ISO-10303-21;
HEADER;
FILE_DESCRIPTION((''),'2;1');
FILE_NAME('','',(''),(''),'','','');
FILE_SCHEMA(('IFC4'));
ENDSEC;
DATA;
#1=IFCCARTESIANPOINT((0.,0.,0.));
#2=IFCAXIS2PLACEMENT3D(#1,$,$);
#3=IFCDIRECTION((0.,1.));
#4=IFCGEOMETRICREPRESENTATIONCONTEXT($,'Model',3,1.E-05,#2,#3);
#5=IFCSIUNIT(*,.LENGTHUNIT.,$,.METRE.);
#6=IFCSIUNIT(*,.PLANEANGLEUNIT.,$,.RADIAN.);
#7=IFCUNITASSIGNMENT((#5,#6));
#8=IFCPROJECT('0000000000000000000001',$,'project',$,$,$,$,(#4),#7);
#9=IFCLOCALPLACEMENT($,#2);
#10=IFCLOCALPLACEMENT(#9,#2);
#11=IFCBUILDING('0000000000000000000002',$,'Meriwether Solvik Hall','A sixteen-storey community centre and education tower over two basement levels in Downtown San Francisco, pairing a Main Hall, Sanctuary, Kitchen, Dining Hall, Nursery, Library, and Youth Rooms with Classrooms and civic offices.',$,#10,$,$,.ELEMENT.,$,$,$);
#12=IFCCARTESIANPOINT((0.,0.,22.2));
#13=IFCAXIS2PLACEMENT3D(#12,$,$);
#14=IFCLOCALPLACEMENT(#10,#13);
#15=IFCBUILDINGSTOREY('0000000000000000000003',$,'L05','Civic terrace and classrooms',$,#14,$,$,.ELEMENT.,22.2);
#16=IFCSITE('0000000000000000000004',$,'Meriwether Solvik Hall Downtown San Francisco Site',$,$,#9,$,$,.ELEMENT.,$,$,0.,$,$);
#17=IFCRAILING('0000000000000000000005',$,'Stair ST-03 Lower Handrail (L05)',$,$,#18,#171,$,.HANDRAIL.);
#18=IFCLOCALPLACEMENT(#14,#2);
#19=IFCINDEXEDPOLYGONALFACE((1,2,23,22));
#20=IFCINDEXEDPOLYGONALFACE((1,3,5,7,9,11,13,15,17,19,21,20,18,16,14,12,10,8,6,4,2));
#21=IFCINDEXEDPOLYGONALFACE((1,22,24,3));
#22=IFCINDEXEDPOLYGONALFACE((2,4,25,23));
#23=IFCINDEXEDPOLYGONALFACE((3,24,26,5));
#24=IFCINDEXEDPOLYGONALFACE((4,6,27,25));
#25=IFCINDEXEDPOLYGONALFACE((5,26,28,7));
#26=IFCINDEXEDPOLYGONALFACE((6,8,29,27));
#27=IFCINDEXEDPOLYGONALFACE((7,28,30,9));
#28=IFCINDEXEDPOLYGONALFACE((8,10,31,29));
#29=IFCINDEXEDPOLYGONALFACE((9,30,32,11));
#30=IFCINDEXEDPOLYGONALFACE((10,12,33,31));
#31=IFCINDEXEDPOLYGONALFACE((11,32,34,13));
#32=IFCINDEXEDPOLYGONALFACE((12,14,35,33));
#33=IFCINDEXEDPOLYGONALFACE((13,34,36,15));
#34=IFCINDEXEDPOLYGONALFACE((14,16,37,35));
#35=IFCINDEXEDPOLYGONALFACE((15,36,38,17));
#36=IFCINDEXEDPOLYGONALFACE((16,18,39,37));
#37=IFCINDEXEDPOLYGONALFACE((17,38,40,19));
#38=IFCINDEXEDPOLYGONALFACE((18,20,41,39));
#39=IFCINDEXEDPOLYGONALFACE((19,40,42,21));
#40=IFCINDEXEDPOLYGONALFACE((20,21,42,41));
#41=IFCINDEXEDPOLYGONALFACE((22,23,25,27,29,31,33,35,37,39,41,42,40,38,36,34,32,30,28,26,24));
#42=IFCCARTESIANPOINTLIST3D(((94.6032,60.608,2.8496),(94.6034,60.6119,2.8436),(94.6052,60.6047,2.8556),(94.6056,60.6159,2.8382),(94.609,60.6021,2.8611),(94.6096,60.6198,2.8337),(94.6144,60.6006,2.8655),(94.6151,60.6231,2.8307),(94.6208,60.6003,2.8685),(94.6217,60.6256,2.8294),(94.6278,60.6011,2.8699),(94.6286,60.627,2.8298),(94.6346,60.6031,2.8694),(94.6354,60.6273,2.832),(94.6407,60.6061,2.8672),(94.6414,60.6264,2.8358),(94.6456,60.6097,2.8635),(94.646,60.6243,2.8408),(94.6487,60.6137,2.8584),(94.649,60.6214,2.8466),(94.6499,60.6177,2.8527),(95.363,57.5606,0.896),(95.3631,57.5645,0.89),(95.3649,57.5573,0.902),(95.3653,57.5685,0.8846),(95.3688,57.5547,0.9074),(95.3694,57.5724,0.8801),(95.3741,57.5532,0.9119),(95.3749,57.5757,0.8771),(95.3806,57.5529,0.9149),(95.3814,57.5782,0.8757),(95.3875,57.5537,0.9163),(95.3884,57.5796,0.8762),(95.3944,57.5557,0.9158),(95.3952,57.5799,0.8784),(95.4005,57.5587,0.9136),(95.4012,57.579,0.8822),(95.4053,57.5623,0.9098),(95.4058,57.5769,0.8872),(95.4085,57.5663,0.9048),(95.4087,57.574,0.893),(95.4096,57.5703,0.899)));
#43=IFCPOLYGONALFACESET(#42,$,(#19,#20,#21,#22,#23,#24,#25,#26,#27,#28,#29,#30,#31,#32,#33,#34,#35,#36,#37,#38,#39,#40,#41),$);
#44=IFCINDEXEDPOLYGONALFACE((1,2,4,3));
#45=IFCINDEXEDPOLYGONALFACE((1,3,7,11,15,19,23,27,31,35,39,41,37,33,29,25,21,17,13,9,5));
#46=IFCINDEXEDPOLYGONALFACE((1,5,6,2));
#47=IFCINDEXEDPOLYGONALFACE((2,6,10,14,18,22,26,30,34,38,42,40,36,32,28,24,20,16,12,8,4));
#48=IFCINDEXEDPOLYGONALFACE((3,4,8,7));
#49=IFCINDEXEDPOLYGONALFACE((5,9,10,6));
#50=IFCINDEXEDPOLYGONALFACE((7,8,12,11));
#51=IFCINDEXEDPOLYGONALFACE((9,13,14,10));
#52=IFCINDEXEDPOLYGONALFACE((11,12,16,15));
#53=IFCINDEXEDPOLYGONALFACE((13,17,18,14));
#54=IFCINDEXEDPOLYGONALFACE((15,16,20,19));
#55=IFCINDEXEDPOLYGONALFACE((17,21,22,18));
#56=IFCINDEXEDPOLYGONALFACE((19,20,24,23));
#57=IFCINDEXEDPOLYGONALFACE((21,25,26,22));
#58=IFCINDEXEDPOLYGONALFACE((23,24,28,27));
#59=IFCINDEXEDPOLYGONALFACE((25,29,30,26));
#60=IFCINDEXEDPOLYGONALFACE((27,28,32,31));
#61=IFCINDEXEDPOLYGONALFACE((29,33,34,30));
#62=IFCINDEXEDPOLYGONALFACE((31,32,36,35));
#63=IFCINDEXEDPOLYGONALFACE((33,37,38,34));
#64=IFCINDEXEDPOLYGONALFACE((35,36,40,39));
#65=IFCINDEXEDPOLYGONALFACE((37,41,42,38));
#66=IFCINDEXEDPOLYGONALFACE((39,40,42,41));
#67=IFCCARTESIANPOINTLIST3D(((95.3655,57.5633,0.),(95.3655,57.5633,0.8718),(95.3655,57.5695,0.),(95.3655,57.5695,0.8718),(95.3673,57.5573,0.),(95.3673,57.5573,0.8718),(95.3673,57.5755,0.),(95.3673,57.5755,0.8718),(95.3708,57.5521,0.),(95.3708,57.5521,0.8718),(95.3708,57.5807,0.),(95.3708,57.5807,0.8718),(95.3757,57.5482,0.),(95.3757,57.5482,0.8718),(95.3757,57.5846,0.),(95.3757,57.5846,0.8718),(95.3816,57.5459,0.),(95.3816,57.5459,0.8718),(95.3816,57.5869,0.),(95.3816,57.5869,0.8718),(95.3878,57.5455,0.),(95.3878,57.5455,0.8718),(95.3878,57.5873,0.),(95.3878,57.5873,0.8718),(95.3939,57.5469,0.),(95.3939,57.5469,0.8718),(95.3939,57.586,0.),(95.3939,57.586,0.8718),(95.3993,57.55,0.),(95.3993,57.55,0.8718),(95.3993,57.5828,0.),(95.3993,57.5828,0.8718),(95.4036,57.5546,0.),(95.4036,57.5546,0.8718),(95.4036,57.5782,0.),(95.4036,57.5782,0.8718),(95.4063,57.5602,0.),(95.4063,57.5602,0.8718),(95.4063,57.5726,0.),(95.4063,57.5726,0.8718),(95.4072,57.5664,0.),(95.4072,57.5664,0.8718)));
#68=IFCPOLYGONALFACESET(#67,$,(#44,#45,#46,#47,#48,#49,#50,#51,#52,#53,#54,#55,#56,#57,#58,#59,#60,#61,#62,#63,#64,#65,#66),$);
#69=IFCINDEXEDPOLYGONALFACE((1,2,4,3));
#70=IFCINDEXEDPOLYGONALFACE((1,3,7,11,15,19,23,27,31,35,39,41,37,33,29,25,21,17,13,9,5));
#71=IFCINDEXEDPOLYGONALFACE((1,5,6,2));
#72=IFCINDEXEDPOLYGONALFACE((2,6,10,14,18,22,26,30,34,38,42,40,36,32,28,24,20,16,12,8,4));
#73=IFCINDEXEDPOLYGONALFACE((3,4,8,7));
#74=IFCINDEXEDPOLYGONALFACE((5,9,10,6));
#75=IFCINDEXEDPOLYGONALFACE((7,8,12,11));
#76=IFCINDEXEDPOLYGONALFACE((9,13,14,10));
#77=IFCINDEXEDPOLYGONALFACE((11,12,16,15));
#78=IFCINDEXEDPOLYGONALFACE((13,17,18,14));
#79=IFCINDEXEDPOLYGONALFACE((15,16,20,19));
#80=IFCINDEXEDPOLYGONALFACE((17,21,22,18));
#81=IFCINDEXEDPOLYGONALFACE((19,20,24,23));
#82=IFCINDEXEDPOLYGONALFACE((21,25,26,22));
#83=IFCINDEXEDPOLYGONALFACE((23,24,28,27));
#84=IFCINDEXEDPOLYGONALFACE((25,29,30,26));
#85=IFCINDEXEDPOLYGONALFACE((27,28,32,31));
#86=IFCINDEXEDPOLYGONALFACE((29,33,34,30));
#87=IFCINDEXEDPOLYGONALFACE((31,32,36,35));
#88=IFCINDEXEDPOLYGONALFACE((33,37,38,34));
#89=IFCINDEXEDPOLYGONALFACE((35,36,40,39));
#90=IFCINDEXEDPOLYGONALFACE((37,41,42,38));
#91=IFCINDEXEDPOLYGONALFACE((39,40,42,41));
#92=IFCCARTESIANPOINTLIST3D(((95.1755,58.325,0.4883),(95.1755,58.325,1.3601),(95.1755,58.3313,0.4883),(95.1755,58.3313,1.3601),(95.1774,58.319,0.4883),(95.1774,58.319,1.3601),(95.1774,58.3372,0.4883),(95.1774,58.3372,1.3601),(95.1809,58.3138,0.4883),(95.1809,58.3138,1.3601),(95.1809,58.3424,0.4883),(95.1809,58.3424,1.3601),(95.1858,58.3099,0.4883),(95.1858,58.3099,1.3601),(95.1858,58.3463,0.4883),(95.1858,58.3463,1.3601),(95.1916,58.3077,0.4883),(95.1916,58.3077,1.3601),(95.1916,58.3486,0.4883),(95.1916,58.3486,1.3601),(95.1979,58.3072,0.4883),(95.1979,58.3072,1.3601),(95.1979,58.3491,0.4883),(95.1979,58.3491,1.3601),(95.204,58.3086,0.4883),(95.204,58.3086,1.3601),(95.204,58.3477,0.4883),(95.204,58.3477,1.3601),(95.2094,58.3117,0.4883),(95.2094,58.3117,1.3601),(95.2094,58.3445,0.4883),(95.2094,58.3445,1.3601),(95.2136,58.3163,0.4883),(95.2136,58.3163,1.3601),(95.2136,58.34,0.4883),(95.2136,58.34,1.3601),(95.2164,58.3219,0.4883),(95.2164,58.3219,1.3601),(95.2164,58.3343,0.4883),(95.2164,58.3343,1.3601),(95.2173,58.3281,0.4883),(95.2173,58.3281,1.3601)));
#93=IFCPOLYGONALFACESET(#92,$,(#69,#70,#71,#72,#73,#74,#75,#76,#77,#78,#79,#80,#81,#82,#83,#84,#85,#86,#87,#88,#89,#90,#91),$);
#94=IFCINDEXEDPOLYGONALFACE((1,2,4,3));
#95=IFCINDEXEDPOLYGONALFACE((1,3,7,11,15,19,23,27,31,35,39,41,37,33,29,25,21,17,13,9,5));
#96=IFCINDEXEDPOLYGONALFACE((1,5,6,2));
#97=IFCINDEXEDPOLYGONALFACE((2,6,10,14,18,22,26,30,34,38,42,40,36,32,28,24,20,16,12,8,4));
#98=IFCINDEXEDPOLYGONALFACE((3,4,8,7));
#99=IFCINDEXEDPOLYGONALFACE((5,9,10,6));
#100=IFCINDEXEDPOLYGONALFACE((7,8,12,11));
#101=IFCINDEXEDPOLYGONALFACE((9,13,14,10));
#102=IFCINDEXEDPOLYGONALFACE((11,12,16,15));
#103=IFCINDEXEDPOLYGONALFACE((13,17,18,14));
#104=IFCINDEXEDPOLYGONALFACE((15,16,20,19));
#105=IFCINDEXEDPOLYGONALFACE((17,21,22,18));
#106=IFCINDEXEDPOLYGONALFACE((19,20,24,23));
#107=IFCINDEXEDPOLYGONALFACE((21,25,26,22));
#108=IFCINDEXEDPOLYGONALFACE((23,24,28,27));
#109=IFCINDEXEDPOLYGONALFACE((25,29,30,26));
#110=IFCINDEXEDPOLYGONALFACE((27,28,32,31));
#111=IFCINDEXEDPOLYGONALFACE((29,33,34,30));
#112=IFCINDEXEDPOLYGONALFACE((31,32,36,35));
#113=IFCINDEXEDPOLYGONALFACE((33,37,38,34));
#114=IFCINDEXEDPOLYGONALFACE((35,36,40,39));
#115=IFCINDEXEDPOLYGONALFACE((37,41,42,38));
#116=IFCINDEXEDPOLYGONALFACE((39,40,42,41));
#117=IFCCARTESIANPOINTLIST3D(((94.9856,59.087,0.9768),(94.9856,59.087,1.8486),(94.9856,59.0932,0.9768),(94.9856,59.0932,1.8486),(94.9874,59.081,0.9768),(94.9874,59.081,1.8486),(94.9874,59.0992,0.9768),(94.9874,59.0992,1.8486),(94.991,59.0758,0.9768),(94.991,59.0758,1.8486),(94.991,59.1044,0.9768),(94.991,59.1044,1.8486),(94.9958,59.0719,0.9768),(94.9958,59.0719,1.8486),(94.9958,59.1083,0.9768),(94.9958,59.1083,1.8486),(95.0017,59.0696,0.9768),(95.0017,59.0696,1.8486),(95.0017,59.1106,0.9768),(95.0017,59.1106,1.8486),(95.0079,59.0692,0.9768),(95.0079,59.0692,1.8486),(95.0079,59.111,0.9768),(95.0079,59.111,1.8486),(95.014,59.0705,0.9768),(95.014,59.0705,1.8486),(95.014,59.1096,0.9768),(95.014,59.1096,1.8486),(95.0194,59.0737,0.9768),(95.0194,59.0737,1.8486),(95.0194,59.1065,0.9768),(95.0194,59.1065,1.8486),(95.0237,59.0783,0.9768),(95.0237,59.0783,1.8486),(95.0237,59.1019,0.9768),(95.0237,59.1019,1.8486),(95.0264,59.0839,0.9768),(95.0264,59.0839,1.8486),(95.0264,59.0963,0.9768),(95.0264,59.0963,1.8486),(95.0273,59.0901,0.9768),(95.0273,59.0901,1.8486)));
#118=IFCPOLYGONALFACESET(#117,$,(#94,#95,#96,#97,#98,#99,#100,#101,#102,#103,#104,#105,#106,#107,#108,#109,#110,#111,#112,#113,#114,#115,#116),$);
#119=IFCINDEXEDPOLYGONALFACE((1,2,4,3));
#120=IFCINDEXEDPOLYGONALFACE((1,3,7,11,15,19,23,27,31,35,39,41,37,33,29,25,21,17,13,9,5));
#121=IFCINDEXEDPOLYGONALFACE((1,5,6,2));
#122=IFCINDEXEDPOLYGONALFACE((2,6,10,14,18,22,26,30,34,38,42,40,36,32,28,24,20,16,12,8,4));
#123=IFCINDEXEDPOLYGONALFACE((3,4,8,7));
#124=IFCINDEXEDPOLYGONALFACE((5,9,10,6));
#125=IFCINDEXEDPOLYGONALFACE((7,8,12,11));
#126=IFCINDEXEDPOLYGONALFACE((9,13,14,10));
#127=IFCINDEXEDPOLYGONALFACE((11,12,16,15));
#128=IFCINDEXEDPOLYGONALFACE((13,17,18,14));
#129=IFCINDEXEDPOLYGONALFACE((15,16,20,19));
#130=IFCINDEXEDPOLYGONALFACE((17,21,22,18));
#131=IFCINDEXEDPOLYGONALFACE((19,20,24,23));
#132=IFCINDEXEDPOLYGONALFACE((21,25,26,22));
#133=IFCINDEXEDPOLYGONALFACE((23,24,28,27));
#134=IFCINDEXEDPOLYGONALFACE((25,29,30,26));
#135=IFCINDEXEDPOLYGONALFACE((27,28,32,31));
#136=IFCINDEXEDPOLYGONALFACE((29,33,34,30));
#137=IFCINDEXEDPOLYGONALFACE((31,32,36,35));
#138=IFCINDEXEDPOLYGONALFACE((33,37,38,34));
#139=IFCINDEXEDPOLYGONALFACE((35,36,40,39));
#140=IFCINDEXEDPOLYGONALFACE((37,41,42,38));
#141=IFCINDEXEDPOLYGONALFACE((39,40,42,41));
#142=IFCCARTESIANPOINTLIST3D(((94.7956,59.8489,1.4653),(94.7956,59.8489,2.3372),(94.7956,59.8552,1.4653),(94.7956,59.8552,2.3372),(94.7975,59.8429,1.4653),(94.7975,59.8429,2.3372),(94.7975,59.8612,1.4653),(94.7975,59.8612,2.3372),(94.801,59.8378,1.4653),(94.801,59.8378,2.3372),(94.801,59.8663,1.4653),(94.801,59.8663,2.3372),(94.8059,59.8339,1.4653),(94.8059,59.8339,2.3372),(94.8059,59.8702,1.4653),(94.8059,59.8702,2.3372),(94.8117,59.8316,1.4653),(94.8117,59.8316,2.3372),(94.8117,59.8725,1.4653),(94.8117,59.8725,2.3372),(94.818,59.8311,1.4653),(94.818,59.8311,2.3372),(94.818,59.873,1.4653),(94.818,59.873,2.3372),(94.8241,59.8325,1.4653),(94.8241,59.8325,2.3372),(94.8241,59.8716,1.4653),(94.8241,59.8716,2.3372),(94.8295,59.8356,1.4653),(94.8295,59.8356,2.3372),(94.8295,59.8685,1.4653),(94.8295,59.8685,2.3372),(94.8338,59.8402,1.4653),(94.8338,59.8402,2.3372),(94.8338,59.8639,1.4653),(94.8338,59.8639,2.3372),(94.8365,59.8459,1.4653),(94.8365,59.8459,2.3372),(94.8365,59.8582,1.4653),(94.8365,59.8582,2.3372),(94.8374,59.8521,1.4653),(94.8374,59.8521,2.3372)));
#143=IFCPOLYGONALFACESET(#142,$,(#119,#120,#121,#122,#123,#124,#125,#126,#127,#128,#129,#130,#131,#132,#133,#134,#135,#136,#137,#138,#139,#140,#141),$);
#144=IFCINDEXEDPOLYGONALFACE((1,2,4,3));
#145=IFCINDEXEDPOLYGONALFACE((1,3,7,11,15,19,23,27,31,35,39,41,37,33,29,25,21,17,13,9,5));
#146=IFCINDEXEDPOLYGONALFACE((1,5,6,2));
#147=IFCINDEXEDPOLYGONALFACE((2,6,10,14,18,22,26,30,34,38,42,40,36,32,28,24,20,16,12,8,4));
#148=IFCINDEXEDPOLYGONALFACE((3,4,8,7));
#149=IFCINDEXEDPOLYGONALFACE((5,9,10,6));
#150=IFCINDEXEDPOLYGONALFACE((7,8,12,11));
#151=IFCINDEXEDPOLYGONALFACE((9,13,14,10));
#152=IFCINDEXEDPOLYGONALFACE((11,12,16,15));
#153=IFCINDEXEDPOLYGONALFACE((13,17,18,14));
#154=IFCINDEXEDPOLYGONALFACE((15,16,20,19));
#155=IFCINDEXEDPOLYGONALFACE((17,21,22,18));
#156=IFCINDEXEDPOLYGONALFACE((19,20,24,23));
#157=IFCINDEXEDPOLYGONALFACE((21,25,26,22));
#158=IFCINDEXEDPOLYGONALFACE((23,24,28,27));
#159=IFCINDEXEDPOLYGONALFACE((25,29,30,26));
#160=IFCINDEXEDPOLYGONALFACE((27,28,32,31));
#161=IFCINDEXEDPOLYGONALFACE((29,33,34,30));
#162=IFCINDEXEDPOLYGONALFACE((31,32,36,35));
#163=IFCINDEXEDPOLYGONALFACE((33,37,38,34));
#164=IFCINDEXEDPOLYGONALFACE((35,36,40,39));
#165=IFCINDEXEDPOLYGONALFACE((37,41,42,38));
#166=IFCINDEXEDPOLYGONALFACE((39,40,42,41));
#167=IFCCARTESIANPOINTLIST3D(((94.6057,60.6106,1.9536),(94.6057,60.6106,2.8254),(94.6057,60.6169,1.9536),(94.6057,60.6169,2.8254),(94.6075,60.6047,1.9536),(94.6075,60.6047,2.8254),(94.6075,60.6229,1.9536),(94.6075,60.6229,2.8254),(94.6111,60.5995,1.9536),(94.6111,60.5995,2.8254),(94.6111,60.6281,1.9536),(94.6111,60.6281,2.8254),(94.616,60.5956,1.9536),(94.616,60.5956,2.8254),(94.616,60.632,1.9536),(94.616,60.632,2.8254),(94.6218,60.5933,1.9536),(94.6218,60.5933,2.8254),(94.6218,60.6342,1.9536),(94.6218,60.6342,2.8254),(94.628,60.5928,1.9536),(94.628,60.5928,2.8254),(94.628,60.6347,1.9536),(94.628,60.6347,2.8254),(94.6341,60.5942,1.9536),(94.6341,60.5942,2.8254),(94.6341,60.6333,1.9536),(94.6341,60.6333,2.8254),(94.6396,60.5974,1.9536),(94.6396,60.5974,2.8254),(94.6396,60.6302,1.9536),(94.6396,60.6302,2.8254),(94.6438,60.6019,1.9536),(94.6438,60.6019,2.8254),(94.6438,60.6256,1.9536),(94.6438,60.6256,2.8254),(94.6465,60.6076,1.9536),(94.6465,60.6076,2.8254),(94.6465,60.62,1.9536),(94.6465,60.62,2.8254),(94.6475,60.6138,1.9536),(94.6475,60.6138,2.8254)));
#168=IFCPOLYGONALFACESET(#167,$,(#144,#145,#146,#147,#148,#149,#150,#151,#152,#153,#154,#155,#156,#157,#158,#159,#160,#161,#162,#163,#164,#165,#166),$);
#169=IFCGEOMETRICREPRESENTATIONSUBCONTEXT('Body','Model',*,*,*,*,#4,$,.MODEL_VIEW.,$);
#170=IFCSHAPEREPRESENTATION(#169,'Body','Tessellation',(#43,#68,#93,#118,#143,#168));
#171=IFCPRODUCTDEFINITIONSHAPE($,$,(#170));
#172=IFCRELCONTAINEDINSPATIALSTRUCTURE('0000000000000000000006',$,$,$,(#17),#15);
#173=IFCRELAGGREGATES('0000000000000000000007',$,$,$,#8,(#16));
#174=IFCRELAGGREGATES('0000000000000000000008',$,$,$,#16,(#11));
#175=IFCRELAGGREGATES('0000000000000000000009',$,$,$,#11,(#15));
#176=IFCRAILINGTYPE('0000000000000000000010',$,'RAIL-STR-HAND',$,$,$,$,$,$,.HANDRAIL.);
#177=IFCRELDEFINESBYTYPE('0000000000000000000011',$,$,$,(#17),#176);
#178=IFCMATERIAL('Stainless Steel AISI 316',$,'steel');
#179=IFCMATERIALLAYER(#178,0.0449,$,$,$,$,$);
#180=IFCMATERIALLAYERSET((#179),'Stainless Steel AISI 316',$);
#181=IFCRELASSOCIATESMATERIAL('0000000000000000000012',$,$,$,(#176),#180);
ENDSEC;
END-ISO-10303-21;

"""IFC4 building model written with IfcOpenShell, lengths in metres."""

from ifc_helpers import new_model, si_unit, direction, frame, origin, origin_2d, place, context, subcontext, project, spatial, circle, extrude, material, layer, layer_set, type_object, element, save


model = new_model("IFC4")

# Units and contexts
model_context = context("Model", 3, precision=1e-05, world=origin(), true_north=direction((0.0, 1.0)))
body_context = subcontext(model_context, "Body", "Model", "MODEL_VIEW")
ifc_project = project(units=[si_unit("LENGTHUNIT", "METRE"), si_unit("PLANEANGLEUNIT", "RADIAN")], contexts=[model_context])

# Site, building, storey
site_placement = place(None, origin())
site = spatial("IfcSite", under=ifc_project, at=site_placement, Name="Meriwether Solvik Hall Downtown San Francisco Site", CompositionType="ELEMENT", RefElevation=0.0)
building_placement = place(site_placement, origin())
building = spatial("IfcBuilding", under=site, at=building_placement, Name="Meriwether Solvik Hall", Description="A sixteen-storey community centre and education tower over two basement levels in Downtown San Francisco, pairing a Main Hall, Sanctuary, Kitchen, Dining Hall, Nursery, Library, and Youth Rooms with Classrooms and civic offices.", CompositionType="ELEMENT")
storey_placement = place(building_placement, frame((0.0, 0.0, 22.2)))
storey = spatial("IfcBuildingStorey", under=building, at=storey_placement, Name="L05", Description="Civic terrace and classrooms", CompositionType="ELEMENT", Elevation=22.2)

# Railing
ifc_material_1 = material(Name="Stainless Steel AISI 316", Category="steel")
ifc_layer_1 = layer(ifc_material_1, 0.0449)
ifc_layer_set_1 = layer_set([ifc_layer_1], Name="Stainless Steel AISI 316")
railing_type_1 = type_object("IfcRailingType", Name="RAIL-STR-HAND", PredefinedType="HANDRAIL", material=ifc_layer_set_1)
railing_1_placement = place(storey_placement, frame((95.3862, 57.5664, 0.0)))
element("IfcRailing", 1, at=railing_1_placement, inside=storey, type_object=railing_type_1, Name="Stair ST-03 Lower Handrail (L05)", PredefinedType="HANDRAIL", context=body_context, shape_type="SweptSolid", body=[
    extrude(circle(Radius=0.0239, at=origin_2d()), frame((0.0, 0.0, 0.896), z_axis=(-0.205415, 0.823904, 0.528191), x_axis=(-0.970298, -0.241914, 0.0)), (0.0, 0.0, 1.0), 3.6987),
    extrude(circle(Radius=0.021, at=origin_2d()), origin(), (0.0, 0.0, 1.0), 0.8718),
    extrude(circle(Radius=0.021, at=origin_2d()), frame((-0.1899, 0.7617, 0.4883)), (0.0, 0.0, 1.0), 0.8718),
    extrude(circle(Radius=0.021, at=origin_2d()), frame((-0.3799, 1.5237, 0.9768)), (0.0, 0.0, 1.0), 0.8718),
    extrude(circle(Radius=0.021, at=origin_2d()), frame((-0.5698, 2.2856, 1.4653)), (0.0, 0.0, 1.0), 0.8718),
    extrude(circle(Radius=0.021, at=origin_2d()), frame((-0.7598, 3.0474, 1.9536)), (0.0, 0.0, 1.0), 0.8718),
])

save(model, "model.ifc")
